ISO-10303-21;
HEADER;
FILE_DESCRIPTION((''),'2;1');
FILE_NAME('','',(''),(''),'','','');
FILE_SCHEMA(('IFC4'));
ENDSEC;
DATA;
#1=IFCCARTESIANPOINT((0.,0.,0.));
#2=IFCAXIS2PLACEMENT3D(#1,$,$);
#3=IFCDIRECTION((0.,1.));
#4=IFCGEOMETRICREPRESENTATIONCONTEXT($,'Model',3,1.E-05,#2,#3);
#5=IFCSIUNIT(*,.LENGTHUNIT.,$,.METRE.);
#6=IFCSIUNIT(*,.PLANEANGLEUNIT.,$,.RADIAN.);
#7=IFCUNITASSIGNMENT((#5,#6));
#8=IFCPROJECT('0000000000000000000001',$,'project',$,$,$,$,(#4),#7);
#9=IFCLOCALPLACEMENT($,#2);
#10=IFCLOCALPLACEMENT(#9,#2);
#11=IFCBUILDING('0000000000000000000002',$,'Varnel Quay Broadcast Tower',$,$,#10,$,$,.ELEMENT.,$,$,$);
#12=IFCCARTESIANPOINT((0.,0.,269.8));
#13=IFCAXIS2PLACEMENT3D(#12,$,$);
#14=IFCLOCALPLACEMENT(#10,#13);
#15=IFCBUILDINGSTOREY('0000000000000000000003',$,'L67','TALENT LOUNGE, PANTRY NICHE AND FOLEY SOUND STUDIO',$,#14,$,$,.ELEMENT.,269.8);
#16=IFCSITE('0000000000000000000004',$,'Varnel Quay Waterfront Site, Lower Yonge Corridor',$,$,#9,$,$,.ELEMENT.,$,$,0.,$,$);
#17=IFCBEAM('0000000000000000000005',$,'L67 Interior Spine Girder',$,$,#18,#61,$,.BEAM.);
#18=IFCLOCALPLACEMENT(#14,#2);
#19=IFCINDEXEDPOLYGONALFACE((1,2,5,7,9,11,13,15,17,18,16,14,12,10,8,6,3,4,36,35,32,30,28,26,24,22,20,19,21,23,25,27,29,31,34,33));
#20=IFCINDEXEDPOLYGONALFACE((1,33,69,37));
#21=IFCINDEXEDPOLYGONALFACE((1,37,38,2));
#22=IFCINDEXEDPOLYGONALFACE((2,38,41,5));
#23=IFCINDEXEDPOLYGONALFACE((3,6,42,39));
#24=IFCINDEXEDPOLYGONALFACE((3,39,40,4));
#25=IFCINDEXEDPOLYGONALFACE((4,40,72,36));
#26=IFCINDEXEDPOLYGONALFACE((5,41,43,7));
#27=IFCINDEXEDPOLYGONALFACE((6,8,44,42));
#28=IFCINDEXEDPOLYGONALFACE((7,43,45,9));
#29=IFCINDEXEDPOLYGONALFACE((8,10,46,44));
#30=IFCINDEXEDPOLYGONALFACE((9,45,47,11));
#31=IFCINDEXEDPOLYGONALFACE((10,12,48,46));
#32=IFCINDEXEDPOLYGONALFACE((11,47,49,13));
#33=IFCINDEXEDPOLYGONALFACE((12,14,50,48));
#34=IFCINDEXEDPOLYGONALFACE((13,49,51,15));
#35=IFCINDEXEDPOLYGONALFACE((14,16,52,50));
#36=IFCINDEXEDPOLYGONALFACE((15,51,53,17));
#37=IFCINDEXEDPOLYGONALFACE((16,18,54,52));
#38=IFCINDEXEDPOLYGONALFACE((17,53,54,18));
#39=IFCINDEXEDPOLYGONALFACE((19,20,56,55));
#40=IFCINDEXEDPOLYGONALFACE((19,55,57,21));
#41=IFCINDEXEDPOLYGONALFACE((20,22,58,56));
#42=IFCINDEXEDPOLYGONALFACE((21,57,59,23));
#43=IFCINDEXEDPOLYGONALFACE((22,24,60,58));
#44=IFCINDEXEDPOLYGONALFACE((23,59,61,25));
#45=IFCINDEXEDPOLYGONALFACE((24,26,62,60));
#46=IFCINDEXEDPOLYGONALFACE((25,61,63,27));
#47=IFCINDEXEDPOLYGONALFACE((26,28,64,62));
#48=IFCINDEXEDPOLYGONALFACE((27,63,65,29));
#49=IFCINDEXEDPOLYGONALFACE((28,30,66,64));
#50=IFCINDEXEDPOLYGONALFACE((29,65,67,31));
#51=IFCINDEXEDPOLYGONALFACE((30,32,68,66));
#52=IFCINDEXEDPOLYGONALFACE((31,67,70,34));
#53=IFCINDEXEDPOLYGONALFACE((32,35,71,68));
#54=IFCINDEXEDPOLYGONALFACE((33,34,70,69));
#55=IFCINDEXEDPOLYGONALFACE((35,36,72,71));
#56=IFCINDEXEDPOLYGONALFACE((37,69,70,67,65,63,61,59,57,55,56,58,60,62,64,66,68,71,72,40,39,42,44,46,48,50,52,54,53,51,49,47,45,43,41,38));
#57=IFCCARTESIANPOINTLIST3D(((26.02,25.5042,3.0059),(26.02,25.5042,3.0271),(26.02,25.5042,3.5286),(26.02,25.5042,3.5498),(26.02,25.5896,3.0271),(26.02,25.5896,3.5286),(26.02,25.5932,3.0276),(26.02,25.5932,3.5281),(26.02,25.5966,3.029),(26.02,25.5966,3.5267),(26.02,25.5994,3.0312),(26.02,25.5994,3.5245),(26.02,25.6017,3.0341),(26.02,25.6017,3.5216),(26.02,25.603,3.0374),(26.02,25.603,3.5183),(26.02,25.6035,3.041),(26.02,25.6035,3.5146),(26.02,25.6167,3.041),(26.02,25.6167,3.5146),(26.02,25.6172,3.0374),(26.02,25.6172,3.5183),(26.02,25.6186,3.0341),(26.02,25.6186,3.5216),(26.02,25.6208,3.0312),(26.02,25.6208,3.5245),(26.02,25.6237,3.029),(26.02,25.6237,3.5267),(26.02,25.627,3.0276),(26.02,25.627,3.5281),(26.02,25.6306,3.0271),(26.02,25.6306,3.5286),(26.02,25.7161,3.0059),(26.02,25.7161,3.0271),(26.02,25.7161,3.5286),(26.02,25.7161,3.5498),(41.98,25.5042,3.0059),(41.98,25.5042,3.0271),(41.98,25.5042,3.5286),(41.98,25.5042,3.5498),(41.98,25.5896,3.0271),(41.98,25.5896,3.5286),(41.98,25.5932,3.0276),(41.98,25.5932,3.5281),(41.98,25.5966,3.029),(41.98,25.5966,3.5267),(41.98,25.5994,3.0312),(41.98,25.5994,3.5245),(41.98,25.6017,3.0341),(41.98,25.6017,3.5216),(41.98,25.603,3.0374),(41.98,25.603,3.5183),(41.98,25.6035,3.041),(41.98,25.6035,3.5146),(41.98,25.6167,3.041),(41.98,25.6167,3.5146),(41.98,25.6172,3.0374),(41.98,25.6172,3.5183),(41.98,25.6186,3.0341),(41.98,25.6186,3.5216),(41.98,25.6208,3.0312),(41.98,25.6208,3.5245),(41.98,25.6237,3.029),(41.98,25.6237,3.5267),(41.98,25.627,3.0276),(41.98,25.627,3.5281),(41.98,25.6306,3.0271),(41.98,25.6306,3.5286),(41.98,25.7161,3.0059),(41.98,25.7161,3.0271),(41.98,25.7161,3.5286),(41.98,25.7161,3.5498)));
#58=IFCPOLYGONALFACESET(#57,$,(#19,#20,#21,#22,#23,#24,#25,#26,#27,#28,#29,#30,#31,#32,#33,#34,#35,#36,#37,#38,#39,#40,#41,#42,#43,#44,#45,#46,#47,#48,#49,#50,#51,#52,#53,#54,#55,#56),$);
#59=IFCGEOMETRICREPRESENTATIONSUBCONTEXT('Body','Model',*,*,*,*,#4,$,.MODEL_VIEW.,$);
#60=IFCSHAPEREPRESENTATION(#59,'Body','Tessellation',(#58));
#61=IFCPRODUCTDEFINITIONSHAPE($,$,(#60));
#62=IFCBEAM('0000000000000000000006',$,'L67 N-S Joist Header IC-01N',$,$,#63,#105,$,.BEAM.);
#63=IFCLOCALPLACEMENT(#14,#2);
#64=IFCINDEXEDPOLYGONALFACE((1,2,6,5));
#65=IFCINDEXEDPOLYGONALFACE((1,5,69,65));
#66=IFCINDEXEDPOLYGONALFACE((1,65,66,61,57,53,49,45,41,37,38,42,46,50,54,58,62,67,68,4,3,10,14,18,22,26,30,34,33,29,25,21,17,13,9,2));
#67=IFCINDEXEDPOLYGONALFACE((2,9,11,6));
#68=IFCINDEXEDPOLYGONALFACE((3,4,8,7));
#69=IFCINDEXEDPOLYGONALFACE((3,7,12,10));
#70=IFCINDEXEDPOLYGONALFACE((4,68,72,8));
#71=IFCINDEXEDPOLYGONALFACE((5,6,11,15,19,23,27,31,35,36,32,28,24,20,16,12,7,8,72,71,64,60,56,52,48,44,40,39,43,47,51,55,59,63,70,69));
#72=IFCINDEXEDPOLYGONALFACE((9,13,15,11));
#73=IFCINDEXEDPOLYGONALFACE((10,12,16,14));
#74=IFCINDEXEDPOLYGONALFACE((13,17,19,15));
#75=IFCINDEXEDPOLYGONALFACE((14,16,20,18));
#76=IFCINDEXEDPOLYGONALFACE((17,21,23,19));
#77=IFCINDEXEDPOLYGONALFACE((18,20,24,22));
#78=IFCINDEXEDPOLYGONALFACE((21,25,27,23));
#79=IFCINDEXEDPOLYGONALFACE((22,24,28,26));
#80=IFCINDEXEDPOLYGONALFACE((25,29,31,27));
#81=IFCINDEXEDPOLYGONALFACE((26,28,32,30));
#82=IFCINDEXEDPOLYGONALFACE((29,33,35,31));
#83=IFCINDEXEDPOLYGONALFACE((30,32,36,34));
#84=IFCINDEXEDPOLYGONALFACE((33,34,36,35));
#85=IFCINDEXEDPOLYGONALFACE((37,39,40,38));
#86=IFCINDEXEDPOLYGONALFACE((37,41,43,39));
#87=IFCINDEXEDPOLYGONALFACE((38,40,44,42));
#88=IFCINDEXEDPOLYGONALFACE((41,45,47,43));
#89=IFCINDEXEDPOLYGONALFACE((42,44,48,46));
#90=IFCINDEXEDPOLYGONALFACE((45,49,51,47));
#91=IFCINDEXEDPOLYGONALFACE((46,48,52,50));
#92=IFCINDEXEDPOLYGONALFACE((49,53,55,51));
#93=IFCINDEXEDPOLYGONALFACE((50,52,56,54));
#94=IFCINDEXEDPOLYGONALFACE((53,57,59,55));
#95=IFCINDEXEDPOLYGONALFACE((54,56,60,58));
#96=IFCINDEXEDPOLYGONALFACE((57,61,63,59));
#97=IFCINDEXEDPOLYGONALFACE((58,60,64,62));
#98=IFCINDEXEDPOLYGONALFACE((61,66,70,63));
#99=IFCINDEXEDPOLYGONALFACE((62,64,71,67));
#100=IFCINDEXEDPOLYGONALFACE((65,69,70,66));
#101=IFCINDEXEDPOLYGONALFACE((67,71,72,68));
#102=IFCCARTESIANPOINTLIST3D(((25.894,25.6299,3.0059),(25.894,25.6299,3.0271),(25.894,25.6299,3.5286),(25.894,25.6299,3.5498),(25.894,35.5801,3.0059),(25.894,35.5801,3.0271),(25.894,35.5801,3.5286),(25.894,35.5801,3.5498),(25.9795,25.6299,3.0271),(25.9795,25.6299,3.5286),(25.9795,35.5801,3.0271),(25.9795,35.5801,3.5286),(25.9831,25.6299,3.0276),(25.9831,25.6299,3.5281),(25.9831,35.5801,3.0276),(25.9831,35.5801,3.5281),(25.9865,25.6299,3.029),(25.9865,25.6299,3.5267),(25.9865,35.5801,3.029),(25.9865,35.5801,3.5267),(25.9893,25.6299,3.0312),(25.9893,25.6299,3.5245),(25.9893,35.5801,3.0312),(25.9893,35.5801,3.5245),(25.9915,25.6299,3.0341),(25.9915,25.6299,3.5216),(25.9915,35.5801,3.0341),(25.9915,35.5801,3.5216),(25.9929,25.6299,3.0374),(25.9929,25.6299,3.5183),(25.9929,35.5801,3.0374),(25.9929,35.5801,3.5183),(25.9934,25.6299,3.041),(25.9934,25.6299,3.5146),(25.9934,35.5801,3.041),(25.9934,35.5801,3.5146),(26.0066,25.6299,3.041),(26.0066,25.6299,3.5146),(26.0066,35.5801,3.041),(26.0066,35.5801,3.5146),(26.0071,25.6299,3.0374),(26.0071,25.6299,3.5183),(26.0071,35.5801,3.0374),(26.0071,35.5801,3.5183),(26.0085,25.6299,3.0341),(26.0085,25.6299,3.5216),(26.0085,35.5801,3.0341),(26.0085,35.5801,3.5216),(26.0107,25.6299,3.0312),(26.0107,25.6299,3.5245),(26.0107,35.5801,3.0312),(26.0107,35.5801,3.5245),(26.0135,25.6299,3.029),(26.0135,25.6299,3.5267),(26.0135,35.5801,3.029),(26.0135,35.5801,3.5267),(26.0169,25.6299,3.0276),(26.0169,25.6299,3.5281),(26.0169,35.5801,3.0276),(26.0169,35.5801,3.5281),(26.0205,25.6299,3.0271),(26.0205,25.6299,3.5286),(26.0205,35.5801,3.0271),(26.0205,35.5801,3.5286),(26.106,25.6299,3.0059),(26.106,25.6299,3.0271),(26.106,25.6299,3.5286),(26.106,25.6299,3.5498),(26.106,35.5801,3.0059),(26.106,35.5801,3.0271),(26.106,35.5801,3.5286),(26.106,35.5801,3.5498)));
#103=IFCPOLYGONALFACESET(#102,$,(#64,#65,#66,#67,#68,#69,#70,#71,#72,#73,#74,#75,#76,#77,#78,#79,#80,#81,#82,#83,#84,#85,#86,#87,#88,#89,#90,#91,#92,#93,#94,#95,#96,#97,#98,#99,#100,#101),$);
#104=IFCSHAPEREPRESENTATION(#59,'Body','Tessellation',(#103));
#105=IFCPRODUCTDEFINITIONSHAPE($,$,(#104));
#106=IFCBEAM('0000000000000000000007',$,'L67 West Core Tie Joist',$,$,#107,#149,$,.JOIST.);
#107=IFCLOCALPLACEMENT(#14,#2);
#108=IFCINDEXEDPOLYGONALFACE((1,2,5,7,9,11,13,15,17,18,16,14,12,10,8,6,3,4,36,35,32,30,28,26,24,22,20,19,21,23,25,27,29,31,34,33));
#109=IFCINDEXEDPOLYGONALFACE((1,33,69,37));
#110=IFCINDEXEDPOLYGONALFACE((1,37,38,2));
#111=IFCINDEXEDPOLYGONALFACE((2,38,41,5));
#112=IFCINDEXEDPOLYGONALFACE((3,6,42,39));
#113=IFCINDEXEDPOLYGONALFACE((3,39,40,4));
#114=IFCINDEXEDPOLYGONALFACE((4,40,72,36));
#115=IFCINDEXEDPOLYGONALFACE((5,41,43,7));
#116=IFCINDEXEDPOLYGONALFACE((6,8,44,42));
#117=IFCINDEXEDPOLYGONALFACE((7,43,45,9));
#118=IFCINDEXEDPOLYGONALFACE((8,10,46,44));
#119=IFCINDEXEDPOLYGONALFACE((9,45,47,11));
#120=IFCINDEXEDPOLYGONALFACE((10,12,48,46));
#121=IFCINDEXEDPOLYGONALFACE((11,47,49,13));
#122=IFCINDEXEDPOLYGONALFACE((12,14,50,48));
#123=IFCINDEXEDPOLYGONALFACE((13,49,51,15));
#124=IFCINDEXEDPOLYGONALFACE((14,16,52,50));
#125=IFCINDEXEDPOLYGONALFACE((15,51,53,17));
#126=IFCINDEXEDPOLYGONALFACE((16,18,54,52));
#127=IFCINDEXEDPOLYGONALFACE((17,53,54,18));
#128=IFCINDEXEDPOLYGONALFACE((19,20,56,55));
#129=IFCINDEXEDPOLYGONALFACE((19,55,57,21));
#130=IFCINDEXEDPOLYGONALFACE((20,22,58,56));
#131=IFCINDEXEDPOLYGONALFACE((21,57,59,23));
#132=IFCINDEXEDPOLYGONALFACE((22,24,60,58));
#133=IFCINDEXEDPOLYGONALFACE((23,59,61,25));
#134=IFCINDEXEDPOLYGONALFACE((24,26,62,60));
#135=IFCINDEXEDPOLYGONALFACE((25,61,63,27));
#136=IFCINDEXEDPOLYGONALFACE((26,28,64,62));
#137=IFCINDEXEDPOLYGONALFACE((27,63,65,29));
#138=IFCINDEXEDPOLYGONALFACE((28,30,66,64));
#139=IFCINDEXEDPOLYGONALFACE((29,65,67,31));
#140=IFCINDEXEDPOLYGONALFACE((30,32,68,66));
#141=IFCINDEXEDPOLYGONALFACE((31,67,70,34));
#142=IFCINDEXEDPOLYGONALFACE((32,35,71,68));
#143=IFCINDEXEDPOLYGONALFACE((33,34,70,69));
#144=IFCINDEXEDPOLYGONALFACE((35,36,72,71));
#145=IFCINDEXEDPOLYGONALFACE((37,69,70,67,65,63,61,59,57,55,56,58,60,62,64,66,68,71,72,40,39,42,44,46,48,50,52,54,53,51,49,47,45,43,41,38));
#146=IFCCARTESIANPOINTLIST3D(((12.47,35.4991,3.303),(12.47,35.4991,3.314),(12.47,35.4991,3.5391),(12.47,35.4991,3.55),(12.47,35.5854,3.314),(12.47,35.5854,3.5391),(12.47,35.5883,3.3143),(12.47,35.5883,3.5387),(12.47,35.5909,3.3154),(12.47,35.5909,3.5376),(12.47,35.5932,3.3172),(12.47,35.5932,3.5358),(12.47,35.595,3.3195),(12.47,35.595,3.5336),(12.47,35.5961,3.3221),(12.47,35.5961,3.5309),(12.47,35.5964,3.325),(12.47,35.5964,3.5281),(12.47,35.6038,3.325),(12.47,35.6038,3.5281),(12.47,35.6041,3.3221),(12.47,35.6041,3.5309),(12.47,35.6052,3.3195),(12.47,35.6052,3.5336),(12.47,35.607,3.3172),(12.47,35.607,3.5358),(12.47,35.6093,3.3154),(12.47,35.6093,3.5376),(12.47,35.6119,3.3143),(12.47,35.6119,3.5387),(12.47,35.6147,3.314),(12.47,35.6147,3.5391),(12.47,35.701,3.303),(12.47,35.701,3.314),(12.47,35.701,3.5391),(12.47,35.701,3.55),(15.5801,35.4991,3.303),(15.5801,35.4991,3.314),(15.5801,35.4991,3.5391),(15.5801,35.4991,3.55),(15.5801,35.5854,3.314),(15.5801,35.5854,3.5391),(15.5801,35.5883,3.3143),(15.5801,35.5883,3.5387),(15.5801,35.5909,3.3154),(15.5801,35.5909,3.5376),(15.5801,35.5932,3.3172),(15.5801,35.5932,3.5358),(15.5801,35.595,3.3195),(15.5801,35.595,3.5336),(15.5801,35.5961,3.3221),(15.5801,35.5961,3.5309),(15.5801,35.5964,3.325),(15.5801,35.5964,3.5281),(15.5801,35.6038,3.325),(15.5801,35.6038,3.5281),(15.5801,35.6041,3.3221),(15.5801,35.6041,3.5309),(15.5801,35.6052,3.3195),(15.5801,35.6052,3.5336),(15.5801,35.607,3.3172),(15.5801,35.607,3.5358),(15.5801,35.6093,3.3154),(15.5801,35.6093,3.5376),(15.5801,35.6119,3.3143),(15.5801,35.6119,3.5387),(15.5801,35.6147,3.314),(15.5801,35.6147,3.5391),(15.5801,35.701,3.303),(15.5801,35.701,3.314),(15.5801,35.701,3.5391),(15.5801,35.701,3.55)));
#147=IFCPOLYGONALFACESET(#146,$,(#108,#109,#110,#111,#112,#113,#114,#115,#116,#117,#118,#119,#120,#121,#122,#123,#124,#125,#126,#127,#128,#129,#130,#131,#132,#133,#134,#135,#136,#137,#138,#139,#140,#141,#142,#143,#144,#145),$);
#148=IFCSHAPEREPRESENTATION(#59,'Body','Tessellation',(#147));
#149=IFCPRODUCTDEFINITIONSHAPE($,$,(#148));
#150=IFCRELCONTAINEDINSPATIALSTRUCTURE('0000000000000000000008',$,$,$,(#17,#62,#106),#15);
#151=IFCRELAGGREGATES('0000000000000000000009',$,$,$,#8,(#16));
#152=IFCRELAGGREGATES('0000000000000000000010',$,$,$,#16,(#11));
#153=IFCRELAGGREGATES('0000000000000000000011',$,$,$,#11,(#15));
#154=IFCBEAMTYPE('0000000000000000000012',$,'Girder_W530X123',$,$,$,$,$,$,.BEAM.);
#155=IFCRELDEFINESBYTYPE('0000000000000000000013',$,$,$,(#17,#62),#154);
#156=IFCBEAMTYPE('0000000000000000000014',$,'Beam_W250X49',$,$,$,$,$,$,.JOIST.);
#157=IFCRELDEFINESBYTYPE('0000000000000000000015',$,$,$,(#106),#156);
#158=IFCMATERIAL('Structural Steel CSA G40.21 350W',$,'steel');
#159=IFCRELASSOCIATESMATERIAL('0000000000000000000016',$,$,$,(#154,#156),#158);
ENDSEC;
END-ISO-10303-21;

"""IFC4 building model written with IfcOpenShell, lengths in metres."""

from ifc_helpers import new_model, si_unit, direction, frame, origin, origin_2d, place, context, subcontext, project, spatial, i_section, extrude, source, transform, mapped, material, material_profile, profile_set, type_object, element, save


model = new_model("IFC4")

# Units and contexts
model_context = context("Model", 3, precision=1e-05, world=origin(), true_north=direction((0.0, 1.0)))
body_context = subcontext(model_context, "Body", "Model", "MODEL_VIEW")
ifc_project = project(units=[si_unit("LENGTHUNIT", "METRE"), si_unit("PLANEANGLEUNIT", "RADIAN")], contexts=[model_context])

# Site, building, storey
site_placement = place(None, origin())
site = spatial("IfcSite", under=ifc_project, at=site_placement, Name="Varnel Quay Waterfront Site, Lower Yonge Corridor", CompositionType="ELEMENT", RefElevation=0.0)
building_placement = place(site_placement, origin())
building = spatial("IfcBuilding", under=site, at=building_placement, Name="Varnel Quay Broadcast Tower", CompositionType="ELEMENT")
storey_placement = place(building_placement, frame((0.0, 0.0, 269.8)))
storey = spatial("IfcBuildingStorey", under=building, at=storey_placement, Name="L67", Description="TALENT LOUNGE, PANTRY NICHE AND FOLEY SOUND STUDIO", CompositionType="ELEMENT", Elevation=269.8)

# Shared definitions
ifc_material_1 = material(Name="Structural Steel CSA G40.21 350W", Category="steel")

# Beams
ifc_material_profile_1 = material_profile(ifc_material_1, i_section(OverallWidth=0.2119, OverallDepth=0.5439, WebThickness=0.0132, FlangeThickness=0.0212, FilletRadius=0.0139, at=origin_2d()), Name="W530X123")
ifc_profile_set_1 = profile_set([ifc_material_profile_1], Name="Structural Steel CSA G40.21 350W")
beam_type_1 = type_object("IfcBeamType", Name="Girder_W530X123", PredefinedType="BEAM", material=ifc_profile_set_1)
shared_shape_1 = source(origin(), body_context, "Body", "SweptSolid", [
    extrude(i_section(OverallWidth=0.2119, OverallDepth=0.5439, WebThickness=0.0132, FlangeThickness=0.0212, FilletRadius=0.0139, at=origin_2d()), origin(), (0.0, 0.0, 1.0), 15.96),
])
beam_1_placement = place(storey_placement, frame((26.02, 25.6101, 3.2778), z_axis=(1.0, 0.0, 0.0), x_axis=(0.0, 1.0, 0.0)))
element("IfcBeam", 1, at=beam_1_placement, inside=storey, type_object=beam_type_1, Name="L67 Interior Spine Girder", PredefinedType="BEAM", context=body_context, shape_type="MappedRepresentation", body=[
    mapped(shared_shape_1, transform((0.0, 0.0, 0.0), x_axis=(1.0, 0.0, 0.0), y_axis=(0.0, 1.0, 0.0), z_axis=(0.0, 0.0, 1.0), scale=1.0)),
])
shared_shape_2 = source(origin(), body_context, "Body", "SweptSolid", [
    extrude(i_section(OverallWidth=0.2119, OverallDepth=0.5439, WebThickness=0.0132, FlangeThickness=0.0212, FilletRadius=0.0139, at=origin_2d()), origin(), (0.0, 0.0, 1.0), 9.9502),
])
beam_2_placement = place(storey_placement, frame((26.0, 25.6299, 3.2778), z_axis=(0.0, 1.0, 0.0), x_axis=(-1.0, 0.0, 0.0)))
element("IfcBeam", 2, at=beam_2_placement, inside=storey, type_object=beam_type_1, Name="L67 N-S Joist Header IC-01N", PredefinedType="BEAM", context=body_context, shape_type="MappedRepresentation", body=[
    mapped(shared_shape_2, transform((0.0, 0.0, 0.0), x_axis=(1.0, 0.0, 0.0), y_axis=(0.0, 1.0, 0.0), z_axis=(0.0, 0.0, 1.0), scale=1.0)),
])
ifc_material_profile_2 = material_profile(ifc_material_1, i_section(OverallWidth=0.2019, OverallDepth=0.2471, WebThickness=0.0073, FlangeThickness=0.011, FilletRadius=0.011, at=origin_2d()), Name="W250X49")
ifc_profile_set_2 = profile_set([ifc_material_profile_2], Name="Structural Steel CSA G40.21 350W")
beam_type_2 = type_object("IfcBeamType", Name="Beam_W250X49", PredefinedType="JOIST", material=ifc_profile_set_2)
shared_shape_3 = source(origin(), body_context, "Body", "SweptSolid", [
    extrude(i_section(OverallWidth=0.2019, OverallDepth=0.2471, WebThickness=0.0073, FlangeThickness=0.011, FilletRadius=0.011, at=origin_2d()), origin(), (0.0, 0.0, 1.0), 3.1101),
])
beam_3_placement = place(storey_placement, frame((12.47, 35.6001, 3.4265), z_axis=(1.0, 0.0, 0.0), x_axis=(0.0, 1.0, 0.0)))
element("IfcBeam", 3, at=beam_3_placement, inside=storey, type_object=beam_type_2, Name="L67 West Core Tie Joist", PredefinedType="JOIST", context=body_context, shape_type="MappedRepresentation", body=[
    mapped(shared_shape_3, transform((0.0, 0.0, 0.0), x_axis=(1.0, 0.0, 0.0), y_axis=(0.0, 1.0, 0.0), z_axis=(0.0, 0.0, 1.0), scale=1.0)),
])

save(model, "model.ifc")
